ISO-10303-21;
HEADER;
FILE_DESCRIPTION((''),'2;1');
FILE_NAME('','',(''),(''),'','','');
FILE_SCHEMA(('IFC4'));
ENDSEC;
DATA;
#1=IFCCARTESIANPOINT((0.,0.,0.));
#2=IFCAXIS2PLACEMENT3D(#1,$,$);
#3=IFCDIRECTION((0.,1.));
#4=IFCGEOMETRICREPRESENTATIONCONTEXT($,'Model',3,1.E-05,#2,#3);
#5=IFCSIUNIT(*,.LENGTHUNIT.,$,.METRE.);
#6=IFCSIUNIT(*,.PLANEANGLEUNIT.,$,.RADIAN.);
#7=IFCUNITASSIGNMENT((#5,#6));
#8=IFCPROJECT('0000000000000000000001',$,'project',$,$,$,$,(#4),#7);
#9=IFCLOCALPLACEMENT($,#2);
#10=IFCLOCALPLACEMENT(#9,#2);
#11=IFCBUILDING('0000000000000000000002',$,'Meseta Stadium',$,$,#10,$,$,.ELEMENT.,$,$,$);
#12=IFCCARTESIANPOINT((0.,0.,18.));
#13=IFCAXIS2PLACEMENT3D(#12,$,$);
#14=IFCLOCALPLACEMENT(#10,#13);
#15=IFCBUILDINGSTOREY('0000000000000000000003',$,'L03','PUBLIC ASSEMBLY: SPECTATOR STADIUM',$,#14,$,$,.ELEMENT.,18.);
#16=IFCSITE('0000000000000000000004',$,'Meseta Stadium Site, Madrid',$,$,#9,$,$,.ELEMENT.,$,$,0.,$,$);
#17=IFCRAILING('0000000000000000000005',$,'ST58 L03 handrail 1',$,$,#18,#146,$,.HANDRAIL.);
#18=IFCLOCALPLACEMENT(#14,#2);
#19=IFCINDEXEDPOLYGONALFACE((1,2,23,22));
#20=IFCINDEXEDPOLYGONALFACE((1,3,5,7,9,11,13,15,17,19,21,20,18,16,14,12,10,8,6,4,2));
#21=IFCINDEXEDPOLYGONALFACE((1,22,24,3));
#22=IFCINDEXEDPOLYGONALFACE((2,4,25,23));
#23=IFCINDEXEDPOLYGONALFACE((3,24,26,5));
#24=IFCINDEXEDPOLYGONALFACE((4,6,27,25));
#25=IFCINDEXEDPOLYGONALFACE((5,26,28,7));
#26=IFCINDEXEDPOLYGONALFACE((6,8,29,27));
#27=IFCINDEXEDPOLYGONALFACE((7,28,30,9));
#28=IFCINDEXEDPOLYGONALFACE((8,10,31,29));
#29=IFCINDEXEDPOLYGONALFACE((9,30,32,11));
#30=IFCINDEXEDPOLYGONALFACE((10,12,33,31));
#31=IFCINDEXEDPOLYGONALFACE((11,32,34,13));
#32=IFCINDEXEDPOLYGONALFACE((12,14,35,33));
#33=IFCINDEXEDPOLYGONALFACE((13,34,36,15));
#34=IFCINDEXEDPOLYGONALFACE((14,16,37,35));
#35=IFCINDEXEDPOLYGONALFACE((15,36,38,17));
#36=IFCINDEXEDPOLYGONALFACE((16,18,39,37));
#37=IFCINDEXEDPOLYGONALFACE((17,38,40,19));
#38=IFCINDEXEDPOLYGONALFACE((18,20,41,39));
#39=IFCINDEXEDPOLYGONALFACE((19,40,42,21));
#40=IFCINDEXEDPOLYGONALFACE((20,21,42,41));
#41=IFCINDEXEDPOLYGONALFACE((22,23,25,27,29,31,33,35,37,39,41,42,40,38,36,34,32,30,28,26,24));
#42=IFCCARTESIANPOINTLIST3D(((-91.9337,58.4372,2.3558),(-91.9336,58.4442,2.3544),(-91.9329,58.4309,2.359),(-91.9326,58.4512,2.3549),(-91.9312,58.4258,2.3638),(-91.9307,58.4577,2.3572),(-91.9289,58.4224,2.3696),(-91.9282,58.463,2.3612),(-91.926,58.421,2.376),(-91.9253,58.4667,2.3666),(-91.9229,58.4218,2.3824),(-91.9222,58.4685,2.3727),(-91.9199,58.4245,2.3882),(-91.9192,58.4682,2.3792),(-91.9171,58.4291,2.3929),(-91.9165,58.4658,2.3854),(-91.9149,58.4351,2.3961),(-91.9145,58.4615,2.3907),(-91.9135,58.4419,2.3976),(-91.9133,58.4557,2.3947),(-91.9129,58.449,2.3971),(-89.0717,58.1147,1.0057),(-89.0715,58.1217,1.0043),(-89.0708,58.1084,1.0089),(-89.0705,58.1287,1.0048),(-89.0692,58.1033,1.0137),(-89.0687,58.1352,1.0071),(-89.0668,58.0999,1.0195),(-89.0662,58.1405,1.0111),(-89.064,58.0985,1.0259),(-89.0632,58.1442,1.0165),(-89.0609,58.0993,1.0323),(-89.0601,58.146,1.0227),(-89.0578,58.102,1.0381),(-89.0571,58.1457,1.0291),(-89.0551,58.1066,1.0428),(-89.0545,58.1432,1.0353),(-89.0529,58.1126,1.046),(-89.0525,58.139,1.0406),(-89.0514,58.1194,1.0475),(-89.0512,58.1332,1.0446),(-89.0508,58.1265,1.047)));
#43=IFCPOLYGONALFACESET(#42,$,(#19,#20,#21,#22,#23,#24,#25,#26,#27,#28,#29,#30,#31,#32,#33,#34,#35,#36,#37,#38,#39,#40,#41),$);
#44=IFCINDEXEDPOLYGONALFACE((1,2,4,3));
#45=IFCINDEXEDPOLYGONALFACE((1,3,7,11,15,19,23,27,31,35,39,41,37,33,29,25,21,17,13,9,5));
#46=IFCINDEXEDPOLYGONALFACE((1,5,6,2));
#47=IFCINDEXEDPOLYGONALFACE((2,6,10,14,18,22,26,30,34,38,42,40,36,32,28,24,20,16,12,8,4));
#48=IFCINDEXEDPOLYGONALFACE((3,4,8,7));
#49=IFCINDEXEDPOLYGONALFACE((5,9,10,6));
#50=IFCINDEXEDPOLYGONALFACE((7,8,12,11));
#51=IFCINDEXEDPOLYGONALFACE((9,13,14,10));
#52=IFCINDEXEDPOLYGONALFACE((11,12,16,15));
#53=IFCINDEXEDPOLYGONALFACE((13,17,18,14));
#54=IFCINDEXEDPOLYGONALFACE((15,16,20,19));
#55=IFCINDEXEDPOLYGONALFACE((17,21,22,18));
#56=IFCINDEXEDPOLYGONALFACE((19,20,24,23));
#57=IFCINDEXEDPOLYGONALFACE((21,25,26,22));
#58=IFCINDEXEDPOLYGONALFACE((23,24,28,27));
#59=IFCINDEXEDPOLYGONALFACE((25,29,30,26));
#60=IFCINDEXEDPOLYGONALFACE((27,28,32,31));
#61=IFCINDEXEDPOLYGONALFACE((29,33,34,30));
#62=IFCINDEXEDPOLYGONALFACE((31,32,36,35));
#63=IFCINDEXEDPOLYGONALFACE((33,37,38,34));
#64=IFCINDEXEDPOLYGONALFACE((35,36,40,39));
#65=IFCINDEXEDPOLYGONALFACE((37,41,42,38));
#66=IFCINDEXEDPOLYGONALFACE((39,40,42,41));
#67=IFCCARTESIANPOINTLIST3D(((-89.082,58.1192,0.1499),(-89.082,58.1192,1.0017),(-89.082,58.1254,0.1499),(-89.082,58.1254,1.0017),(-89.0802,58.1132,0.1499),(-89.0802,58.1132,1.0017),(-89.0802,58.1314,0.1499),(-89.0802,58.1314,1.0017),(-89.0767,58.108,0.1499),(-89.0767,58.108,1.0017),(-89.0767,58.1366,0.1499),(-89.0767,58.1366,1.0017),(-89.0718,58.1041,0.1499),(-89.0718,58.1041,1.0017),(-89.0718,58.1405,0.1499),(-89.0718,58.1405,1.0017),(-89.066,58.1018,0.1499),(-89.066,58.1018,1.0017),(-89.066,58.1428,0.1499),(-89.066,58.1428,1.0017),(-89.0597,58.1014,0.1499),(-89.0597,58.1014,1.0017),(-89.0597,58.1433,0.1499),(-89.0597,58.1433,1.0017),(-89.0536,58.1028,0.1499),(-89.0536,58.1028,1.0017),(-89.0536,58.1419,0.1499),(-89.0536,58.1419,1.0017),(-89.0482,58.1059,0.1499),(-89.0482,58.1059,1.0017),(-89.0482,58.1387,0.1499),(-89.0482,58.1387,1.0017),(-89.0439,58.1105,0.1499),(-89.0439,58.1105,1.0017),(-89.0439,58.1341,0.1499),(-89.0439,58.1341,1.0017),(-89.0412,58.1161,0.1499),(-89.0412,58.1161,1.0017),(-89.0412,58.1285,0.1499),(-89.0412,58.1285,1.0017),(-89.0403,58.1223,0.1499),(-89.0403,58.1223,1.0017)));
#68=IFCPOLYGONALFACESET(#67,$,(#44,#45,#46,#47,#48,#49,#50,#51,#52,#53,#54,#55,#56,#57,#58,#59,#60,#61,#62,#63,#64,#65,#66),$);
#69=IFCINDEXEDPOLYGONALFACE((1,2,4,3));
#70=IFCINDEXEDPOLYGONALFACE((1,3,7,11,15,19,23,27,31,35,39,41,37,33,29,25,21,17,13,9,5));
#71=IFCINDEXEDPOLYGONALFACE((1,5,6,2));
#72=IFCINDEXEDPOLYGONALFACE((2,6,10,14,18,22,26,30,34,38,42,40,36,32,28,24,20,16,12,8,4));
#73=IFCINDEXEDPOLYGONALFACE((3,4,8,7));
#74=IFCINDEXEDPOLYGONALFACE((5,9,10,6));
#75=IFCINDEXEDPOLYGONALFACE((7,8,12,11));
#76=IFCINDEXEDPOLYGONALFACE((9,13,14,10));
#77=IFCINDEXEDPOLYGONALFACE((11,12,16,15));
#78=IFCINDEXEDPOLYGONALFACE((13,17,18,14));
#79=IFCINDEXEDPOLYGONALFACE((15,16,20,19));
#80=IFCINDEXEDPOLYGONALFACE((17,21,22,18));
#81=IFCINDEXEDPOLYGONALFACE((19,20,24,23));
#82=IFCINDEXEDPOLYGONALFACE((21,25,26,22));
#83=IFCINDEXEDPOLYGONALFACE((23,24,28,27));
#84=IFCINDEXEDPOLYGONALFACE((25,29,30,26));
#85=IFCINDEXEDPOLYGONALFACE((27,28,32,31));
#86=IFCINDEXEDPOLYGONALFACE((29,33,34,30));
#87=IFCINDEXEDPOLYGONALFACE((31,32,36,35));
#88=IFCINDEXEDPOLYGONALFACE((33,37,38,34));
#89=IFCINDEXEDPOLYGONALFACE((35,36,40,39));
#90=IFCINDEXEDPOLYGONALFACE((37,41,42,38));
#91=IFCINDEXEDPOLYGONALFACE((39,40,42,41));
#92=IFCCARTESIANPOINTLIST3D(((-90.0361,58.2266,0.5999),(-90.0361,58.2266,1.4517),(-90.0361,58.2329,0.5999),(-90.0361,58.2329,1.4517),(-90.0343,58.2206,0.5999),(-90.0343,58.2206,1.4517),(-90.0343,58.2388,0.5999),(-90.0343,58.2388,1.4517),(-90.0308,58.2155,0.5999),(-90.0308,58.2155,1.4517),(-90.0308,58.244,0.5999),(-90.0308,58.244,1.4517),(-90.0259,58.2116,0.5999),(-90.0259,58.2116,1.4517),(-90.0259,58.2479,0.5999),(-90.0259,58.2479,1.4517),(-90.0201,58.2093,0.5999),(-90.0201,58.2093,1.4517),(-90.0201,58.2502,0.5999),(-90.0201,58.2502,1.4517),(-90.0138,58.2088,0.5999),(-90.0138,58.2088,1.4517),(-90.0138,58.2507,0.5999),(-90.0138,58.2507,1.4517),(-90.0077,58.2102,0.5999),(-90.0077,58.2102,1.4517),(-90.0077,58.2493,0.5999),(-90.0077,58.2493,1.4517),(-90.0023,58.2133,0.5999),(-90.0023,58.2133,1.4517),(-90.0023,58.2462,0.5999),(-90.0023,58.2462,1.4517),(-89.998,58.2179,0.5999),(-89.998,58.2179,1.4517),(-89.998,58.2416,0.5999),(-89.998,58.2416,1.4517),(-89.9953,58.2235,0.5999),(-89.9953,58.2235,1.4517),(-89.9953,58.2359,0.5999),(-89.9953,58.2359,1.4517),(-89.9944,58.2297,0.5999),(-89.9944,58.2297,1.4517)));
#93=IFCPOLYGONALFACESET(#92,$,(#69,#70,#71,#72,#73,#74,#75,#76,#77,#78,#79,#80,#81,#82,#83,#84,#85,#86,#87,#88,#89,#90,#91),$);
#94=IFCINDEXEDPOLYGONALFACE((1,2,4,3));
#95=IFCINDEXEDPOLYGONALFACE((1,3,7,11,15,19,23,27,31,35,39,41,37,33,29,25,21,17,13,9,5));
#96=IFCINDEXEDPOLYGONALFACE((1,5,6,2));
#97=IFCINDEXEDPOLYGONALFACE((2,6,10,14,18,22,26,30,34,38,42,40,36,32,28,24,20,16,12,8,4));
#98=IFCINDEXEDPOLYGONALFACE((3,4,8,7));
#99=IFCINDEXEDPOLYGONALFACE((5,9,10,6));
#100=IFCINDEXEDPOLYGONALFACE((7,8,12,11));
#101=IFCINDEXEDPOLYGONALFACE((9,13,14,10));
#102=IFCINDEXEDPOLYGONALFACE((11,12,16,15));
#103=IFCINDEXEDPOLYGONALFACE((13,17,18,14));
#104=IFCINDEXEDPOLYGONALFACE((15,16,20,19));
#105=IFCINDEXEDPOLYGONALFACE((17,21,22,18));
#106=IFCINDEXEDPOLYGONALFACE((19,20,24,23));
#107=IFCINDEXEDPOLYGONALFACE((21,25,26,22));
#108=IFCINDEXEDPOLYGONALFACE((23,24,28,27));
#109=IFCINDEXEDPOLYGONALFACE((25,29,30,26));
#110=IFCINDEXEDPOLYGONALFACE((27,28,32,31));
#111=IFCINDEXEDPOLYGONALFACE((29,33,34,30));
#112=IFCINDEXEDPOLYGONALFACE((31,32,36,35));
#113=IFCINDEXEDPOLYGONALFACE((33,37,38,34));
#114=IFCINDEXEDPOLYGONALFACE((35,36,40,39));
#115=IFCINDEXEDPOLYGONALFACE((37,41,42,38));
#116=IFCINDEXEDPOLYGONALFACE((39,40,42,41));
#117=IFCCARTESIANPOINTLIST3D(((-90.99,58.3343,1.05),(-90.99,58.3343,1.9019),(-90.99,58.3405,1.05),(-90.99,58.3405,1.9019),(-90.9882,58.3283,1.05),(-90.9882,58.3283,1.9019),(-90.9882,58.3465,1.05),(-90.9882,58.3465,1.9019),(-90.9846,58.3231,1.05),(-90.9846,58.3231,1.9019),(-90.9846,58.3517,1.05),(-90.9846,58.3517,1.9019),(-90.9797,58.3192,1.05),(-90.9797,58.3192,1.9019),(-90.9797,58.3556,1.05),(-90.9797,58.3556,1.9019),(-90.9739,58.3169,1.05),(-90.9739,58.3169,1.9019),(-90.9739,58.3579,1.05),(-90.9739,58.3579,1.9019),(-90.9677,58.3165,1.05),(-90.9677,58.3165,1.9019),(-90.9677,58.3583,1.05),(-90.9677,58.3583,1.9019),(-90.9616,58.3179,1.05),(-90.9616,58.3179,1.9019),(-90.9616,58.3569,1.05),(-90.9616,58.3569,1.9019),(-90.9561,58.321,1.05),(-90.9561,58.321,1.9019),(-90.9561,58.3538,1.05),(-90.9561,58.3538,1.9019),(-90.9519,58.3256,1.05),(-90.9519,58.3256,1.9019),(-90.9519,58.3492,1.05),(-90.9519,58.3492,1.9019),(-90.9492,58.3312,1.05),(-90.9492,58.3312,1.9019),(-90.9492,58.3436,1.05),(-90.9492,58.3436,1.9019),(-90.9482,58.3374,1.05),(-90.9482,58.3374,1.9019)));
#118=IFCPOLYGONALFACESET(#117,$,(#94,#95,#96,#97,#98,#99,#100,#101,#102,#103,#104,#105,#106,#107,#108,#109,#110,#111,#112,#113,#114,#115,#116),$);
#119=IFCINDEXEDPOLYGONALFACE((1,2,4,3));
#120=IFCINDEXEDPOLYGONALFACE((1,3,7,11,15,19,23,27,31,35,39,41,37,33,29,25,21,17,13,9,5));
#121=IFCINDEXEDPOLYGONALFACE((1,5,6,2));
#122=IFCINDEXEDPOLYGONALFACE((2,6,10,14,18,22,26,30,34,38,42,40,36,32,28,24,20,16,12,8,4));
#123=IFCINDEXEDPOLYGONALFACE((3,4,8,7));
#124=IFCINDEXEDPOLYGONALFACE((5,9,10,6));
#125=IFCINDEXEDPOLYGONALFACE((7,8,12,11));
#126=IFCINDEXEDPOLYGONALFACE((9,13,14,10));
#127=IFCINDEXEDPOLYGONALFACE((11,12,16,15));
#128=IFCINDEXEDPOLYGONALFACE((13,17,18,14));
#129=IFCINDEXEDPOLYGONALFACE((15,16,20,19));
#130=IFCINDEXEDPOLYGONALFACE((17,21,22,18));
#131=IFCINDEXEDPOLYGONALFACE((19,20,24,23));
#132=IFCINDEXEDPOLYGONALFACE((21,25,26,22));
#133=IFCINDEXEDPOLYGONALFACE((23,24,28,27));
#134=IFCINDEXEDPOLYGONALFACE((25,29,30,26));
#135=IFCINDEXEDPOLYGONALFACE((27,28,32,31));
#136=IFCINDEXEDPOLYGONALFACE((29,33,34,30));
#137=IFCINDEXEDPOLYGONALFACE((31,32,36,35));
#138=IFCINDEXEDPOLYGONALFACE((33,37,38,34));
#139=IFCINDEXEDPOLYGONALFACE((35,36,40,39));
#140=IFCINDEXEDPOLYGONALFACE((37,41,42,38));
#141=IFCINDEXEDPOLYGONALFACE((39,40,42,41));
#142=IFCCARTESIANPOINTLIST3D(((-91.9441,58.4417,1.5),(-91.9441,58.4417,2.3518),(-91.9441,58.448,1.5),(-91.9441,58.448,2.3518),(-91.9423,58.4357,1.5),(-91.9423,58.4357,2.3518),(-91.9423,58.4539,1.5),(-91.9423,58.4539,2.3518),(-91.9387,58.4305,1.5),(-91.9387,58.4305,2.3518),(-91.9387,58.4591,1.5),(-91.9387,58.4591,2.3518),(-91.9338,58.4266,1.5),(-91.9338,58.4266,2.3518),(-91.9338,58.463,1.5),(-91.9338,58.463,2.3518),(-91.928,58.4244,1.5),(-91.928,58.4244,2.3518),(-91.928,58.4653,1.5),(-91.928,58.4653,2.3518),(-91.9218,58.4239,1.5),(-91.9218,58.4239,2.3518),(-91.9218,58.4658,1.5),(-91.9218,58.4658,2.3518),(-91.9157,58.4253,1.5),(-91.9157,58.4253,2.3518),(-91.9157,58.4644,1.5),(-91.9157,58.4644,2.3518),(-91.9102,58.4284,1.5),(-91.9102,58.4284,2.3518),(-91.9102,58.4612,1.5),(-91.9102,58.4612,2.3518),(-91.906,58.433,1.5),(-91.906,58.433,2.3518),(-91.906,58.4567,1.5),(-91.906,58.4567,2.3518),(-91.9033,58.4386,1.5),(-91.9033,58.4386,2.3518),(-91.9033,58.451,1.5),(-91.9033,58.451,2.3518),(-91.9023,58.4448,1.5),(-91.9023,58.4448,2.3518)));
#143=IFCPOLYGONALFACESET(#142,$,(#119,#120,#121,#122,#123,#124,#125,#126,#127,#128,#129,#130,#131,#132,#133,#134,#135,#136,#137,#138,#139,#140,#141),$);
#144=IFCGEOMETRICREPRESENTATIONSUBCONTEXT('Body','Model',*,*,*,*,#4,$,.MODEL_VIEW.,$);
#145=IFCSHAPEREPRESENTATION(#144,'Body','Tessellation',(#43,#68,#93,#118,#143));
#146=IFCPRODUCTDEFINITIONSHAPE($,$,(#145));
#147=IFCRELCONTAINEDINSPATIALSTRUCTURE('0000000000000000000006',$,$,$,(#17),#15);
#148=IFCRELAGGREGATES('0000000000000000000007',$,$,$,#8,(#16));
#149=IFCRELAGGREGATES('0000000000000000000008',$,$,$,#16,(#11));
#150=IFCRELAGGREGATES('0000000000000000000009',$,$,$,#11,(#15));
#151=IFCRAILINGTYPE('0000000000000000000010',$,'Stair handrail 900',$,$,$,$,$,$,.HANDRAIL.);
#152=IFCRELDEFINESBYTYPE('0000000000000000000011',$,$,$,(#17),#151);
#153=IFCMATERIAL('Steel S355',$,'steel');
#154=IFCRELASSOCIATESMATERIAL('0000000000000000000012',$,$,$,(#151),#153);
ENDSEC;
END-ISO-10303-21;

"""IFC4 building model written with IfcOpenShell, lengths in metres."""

from ifc_helpers import new_model, si_unit, direction, frame, origin, origin_2d, place, context, subcontext, project, spatial, circle, extrude, material, type_object, element, save


model = new_model("IFC4")

# Units and contexts
model_context = context("Model", 3, precision=1e-05, world=origin(), true_north=direction((0.0, 1.0)))
body_context = subcontext(model_context, "Body", "Model", "MODEL_VIEW")
ifc_project = project(units=[si_unit("LENGTHUNIT", "METRE"), si_unit("PLANEANGLEUNIT", "RADIAN")], contexts=[model_context])

# Site, building, storey
site_placement = place(None, origin())
site = spatial("IfcSite", under=ifc_project, at=site_placement, Name="Meseta Stadium Site, Madrid", CompositionType="ELEMENT", RefElevation=0.0)
building_placement = place(site_placement, origin())
building = spatial("IfcBuilding", under=site, at=building_placement, Name="Meseta Stadium", CompositionType="ELEMENT")
storey_placement = place(building_placement, frame((0.0, 0.0, 18.0)))
storey = spatial("IfcBuildingStorey", under=building, at=storey_placement, Name="L03", Description="PUBLIC ASSEMBLY: SPECTATOR STADIUM", CompositionType="ELEMENT", Elevation=18.0)

# Railing
ifc_material_1 = material(Name="Steel S355", Category="steel")
railing_type_1 = type_object("IfcRailingType", Name="Stair handrail 900", PredefinedType="HANDRAIL", material=ifc_material_1)
for number, where, name in (
    (1, (-89.0613, 58.1223, 0.1499), "ST58 L03 handrail 1"),
):
    element("IfcRailing", number, at=place(storey_placement, frame(where)), inside=storey, type_object=railing_type_1, Name=name, PredefinedType="HANDRAIL", context=body_context, shape_type="SweptSolid", body=[
        extrude(circle(Radius=0.0239, at=origin_2d()), frame((0.0, 0.0, 0.876), z_axis=(-0.899763, 0.101389, 0.424438), x_axis=(-0.111976, -0.993711, 0.0)), (0.0, 0.0, 1.0), 3.1809),
        extrude(circle(Radius=0.021, at=origin_2d()), origin(), (0.0, 0.0, 1.0), 0.8518),
        extrude(circle(Radius=0.021, at=origin_2d()), frame((-0.9541, 0.1074, 0.45)), (0.0, 0.0, 1.0), 0.8518),
        extrude(circle(Radius=0.021, at=origin_2d()), frame((-1.908, 0.2151, 0.9001)), (0.0, 0.0, 1.0), 0.8518),
        extrude(circle(Radius=0.021, at=origin_2d()), frame((-2.8621, 0.3225, 1.3501)), (0.0, 0.0, 1.0), 0.8518),
    ])

save(model, "model.ifc")
